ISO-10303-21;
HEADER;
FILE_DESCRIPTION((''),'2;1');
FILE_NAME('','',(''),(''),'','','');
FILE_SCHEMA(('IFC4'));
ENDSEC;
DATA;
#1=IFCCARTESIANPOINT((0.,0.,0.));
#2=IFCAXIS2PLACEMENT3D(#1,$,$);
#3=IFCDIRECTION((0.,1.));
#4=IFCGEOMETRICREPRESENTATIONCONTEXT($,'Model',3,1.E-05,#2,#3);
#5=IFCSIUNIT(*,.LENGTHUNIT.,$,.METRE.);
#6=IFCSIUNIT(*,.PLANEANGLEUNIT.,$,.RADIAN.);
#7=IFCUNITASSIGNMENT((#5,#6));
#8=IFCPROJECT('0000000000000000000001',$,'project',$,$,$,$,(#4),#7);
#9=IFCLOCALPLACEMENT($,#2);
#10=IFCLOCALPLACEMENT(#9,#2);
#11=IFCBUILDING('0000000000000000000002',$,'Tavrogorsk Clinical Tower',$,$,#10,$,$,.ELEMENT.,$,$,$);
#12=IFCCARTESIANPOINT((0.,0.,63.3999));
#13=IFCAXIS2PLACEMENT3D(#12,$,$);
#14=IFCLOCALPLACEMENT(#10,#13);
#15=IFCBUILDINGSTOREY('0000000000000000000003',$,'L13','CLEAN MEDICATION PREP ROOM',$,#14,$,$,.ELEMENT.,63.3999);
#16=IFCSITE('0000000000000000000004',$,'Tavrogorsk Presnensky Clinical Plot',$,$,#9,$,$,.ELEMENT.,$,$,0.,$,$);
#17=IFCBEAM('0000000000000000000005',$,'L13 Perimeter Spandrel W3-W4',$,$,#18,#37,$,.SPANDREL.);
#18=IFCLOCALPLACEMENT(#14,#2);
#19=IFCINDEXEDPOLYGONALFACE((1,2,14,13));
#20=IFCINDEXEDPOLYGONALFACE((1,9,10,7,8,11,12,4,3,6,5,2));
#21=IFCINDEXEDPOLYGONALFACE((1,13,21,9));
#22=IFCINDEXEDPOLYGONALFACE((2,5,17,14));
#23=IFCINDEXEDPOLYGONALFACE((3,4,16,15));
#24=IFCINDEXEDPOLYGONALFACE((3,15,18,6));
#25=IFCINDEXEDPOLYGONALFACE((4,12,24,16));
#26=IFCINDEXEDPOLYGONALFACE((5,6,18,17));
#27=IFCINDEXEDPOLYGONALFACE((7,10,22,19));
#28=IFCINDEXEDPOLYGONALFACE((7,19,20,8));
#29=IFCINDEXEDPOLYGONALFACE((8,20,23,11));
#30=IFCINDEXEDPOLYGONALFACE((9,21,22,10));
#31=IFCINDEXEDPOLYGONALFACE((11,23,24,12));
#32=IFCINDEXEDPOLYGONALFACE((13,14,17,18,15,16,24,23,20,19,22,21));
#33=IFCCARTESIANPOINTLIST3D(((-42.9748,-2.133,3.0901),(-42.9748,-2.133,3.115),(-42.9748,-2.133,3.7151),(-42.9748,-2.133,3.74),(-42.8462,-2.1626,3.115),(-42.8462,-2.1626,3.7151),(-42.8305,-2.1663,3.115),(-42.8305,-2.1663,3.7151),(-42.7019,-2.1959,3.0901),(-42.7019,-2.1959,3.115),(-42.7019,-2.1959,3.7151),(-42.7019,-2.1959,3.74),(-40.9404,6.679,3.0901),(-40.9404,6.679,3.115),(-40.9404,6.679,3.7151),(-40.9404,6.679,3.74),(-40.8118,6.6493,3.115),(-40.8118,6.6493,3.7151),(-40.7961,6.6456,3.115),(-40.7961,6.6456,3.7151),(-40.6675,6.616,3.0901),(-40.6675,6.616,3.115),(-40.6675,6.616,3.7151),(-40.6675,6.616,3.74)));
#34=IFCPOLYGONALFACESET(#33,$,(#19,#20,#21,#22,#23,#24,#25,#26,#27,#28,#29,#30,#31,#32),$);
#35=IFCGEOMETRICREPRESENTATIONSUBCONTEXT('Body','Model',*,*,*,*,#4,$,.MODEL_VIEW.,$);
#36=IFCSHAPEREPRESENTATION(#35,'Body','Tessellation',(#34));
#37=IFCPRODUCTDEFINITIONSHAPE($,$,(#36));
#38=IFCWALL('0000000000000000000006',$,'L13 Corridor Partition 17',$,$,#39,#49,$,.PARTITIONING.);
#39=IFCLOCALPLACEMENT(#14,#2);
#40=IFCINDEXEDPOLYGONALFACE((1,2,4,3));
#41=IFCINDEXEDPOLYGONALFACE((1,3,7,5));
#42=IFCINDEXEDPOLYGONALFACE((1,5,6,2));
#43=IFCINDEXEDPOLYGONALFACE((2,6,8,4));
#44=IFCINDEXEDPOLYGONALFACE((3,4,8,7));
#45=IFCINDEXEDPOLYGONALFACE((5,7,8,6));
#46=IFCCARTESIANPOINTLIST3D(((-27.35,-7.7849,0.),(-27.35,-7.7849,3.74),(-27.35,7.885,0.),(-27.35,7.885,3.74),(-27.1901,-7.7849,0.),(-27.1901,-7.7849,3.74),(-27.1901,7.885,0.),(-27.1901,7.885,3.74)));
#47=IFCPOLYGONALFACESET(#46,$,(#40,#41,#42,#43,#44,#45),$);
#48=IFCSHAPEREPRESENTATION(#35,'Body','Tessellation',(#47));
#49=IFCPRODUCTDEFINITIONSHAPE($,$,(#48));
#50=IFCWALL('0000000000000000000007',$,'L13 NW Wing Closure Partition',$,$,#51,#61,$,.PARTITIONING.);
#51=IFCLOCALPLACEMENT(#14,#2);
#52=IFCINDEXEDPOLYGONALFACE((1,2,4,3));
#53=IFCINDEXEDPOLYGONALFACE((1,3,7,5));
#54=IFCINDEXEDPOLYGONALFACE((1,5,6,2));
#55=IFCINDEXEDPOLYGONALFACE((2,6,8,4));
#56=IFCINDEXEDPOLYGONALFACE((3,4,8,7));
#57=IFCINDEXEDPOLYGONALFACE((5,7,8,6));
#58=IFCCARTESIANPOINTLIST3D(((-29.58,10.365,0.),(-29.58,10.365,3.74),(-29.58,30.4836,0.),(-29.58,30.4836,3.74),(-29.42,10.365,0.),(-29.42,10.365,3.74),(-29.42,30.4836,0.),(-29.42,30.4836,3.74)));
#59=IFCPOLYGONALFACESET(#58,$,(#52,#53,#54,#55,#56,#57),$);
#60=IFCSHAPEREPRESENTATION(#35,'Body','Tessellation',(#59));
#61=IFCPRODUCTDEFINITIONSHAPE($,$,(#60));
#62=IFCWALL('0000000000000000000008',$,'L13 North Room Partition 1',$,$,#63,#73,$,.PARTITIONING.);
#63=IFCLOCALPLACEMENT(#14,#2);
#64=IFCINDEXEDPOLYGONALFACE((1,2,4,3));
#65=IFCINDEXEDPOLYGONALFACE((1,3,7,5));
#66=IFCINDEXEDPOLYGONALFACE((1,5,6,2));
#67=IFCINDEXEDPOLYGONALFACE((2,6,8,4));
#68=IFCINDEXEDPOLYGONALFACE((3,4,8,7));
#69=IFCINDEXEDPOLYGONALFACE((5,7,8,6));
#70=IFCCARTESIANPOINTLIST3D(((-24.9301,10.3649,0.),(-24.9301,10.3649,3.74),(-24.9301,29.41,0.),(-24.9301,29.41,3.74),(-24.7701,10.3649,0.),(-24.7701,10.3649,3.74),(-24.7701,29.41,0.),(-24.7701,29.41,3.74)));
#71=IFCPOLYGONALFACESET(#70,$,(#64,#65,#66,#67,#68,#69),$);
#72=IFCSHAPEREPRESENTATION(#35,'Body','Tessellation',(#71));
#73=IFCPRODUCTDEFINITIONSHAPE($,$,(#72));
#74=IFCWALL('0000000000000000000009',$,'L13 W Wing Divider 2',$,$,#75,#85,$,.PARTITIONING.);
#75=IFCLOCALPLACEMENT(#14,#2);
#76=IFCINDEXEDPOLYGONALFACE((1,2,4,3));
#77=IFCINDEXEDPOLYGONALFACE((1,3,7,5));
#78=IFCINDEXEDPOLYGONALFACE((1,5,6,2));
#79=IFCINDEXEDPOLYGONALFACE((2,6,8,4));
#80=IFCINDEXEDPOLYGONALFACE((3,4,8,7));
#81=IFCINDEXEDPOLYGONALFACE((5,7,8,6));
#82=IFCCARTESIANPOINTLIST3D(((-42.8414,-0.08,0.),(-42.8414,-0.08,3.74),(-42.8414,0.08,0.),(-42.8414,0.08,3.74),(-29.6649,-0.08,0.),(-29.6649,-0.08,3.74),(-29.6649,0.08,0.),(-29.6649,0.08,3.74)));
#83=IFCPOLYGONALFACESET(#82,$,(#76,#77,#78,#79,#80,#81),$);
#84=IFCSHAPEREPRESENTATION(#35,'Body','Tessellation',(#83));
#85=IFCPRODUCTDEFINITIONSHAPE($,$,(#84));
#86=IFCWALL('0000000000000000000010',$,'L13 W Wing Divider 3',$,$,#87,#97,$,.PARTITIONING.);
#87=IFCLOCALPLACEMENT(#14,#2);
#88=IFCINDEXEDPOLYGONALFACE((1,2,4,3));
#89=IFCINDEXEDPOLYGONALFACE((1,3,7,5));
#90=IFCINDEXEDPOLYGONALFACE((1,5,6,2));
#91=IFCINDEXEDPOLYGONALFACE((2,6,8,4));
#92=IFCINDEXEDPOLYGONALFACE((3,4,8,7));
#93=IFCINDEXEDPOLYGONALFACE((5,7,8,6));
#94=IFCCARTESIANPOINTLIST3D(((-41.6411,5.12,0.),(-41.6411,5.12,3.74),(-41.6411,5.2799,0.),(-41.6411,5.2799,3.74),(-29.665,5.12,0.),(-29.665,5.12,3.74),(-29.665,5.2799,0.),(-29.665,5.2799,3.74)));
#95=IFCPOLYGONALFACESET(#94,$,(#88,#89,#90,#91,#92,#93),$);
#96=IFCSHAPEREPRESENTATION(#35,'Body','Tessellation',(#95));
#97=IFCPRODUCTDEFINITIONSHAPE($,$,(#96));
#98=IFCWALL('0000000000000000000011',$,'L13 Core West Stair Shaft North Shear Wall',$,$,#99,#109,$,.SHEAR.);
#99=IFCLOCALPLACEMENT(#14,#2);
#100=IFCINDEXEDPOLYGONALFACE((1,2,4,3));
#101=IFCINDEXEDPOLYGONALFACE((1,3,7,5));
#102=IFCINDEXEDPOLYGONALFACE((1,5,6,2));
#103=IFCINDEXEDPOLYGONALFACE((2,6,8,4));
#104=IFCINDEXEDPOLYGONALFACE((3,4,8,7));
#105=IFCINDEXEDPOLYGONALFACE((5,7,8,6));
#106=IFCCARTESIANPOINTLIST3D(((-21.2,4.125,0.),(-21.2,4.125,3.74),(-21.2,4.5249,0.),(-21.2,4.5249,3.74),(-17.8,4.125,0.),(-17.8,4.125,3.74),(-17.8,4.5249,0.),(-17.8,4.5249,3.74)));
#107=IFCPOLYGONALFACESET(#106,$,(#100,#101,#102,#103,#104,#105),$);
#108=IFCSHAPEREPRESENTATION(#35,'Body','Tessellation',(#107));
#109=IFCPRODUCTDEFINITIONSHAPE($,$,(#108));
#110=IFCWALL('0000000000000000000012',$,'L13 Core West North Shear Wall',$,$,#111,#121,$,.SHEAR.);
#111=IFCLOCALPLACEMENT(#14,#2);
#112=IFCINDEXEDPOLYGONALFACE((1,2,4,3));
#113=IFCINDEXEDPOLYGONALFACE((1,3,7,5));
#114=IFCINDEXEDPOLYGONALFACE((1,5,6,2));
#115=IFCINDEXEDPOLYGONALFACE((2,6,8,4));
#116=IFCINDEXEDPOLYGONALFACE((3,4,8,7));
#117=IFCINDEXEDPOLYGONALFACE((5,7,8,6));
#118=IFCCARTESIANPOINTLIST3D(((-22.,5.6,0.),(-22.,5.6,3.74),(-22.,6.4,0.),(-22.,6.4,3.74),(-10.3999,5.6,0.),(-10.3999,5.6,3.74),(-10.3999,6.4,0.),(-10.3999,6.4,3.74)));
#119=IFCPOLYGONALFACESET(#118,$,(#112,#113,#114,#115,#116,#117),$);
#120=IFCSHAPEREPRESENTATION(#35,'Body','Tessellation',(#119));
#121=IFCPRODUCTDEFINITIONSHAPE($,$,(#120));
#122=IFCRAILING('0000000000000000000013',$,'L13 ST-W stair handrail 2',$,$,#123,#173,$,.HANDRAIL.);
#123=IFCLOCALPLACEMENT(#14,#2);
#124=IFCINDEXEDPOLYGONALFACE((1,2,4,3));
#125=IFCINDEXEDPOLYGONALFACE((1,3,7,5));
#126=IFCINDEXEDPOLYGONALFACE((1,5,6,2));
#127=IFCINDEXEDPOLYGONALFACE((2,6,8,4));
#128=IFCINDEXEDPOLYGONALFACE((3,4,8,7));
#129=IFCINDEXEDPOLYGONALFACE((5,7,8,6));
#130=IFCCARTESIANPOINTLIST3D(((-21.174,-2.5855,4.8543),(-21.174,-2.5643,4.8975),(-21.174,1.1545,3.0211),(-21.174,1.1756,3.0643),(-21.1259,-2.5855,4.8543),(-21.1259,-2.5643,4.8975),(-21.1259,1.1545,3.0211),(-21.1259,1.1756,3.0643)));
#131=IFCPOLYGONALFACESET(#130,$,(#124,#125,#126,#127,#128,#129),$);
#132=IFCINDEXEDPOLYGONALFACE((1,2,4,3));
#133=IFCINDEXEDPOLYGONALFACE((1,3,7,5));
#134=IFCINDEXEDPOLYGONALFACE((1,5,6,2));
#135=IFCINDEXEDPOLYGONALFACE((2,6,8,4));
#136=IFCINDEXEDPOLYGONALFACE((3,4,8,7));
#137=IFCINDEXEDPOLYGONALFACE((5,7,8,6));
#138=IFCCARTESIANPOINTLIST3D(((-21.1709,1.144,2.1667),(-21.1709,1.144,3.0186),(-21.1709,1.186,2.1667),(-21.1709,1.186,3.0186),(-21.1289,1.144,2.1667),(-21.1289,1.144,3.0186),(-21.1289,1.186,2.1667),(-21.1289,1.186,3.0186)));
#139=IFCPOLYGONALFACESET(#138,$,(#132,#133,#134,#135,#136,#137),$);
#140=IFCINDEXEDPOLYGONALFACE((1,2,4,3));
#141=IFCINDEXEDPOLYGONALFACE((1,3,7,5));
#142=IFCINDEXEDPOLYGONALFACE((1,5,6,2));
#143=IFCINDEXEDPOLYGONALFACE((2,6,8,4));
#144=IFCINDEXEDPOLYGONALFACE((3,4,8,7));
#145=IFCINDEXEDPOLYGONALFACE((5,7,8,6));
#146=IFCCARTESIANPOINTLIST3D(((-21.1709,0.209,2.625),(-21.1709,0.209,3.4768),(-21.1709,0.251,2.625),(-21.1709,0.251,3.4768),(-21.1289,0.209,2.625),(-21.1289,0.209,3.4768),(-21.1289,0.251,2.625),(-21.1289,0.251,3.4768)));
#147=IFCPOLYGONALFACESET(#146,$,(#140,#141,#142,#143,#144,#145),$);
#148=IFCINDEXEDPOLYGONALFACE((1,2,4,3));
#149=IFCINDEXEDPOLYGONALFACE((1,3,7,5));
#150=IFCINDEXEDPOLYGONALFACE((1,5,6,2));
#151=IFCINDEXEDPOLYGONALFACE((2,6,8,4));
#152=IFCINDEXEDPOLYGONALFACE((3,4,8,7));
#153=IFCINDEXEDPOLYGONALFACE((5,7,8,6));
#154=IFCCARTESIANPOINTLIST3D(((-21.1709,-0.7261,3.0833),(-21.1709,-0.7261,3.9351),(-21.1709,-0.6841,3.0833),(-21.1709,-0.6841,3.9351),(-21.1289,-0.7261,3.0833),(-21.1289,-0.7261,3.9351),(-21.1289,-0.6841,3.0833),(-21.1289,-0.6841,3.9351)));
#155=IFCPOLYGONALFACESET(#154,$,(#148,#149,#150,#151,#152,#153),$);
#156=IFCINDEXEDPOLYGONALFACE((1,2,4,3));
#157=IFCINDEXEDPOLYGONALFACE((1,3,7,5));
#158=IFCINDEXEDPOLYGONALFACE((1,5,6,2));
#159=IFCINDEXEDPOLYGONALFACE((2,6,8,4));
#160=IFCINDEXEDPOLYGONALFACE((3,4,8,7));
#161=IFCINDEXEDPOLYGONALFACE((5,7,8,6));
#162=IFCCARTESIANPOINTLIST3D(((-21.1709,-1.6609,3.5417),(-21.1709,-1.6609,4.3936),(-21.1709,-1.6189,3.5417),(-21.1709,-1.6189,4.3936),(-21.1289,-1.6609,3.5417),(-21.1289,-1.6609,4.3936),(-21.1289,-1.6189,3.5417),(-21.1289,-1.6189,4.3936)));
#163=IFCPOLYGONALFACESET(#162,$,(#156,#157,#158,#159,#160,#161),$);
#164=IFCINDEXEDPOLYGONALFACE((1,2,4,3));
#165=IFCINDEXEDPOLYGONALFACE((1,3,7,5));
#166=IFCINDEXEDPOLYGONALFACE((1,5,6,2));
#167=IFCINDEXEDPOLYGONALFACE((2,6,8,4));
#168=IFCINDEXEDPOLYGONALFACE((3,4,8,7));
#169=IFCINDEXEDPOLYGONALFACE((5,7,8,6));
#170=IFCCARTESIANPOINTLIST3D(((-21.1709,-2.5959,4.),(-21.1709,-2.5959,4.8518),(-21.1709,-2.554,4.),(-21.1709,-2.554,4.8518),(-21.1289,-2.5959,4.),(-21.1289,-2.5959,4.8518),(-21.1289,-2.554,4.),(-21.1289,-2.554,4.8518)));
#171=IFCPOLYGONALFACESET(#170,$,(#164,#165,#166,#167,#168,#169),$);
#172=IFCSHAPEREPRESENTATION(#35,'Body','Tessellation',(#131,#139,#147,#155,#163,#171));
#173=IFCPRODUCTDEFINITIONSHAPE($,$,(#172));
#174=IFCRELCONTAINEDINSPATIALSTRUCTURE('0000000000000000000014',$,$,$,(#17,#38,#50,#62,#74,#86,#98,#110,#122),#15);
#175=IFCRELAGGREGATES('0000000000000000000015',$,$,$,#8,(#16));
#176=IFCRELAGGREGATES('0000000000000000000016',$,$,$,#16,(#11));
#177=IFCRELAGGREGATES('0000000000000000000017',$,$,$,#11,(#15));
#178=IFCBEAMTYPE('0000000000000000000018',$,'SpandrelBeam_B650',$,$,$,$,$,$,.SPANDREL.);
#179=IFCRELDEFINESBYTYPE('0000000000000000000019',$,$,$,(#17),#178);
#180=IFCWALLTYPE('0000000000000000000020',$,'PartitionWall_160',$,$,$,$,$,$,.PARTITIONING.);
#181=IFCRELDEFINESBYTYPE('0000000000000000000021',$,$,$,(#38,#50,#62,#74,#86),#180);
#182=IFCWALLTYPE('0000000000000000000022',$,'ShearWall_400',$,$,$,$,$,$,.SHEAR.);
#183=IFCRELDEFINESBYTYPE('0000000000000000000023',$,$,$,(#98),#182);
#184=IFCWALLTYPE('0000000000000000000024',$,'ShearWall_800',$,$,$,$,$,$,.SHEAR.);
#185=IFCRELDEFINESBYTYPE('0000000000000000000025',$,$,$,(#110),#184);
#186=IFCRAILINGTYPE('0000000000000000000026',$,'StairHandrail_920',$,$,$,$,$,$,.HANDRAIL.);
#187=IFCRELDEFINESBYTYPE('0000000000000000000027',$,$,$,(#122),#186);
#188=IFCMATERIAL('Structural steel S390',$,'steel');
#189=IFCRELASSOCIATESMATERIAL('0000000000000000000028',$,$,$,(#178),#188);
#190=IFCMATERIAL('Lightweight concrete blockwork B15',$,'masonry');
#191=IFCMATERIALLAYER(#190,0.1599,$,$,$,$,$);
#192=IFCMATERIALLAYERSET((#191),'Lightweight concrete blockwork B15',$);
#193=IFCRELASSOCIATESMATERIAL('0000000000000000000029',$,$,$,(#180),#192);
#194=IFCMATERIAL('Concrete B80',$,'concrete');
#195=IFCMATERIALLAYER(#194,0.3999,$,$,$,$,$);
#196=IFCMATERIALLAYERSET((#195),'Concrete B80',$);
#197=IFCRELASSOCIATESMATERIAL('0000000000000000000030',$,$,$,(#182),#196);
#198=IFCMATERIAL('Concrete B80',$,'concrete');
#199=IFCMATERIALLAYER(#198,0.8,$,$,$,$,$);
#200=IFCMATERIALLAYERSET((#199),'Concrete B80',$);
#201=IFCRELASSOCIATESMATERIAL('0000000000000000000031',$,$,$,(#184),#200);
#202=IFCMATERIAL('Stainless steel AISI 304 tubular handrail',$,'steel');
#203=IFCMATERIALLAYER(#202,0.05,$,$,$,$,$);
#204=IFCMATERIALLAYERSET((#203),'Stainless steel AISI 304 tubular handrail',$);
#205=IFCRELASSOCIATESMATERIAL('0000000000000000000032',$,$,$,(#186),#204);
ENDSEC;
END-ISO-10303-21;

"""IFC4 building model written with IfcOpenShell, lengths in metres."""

from ifc_helpers import new_model, si_unit, direction, frame, frame_2d, origin, origin_2d, place, context, subcontext, project, spatial, rectangle, i_section, extrude, material, layer, layer_set, material_profile, profile_set, type_object, element, save


model = new_model("IFC4")

# Units and contexts
model_context = context("Model", 3, precision=1e-05, world=origin(), true_north=direction((0.0, 1.0)))
body_context = subcontext(model_context, "Body", "Model", "MODEL_VIEW")
ifc_project = project(units=[si_unit("LENGTHUNIT", "METRE"), si_unit("PLANEANGLEUNIT", "RADIAN")], contexts=[model_context])

# Site, building, storey
site_placement = place(None, origin())
site = spatial("IfcSite", under=ifc_project, at=site_placement, Name="Tavrogorsk Presnensky Clinical Plot", CompositionType="ELEMENT", RefElevation=0.0)
building_placement = place(site_placement, origin())
building = spatial("IfcBuilding", under=site, at=building_placement, Name="Tavrogorsk Clinical Tower", CompositionType="ELEMENT")
storey_placement = place(building_placement, frame((0.0, 0.0, 63.3999)))
storey = spatial("IfcBuildingStorey", under=building, at=storey_placement, Name="L13", Description="CLEAN MEDICATION PREP ROOM", CompositionType="ELEMENT", Elevation=63.3999)

# Beam
ifc_material_1 = material(Name="Structural steel S390", Category="steel")
ifc_material_profile_1 = material_profile(ifc_material_1, i_section(OverallWidth=0.28, OverallDepth=0.6499, WebThickness=0.0161, FlangeThickness=0.0249, at=origin_2d()), Name="B-650x280x16x25")
ifc_profile_set_1 = profile_set([ifc_material_profile_1], Name="Structural steel S390")
beam_type_1 = type_object("IfcBeamType", Name="SpandrelBeam_B650", PredefinedType="SPANDREL", material=ifc_profile_set_1)
beam_1_placement = place(storey_placement, frame((-40.804, 6.6475, 3.415), z_axis=(-0.224952, -0.97437, 0.0), x_axis=(0.97437, -0.224952, 0.0)))
element("IfcBeam", 1, at=beam_1_placement, inside=storey, type_object=beam_type_1, Name="L13 Perimeter Spandrel W3-W4", PredefinedType="SPANDREL", context=body_context, shape_type="SweptSolid", body=[
    extrude(i_section(OverallWidth=0.28, OverallDepth=0.6499, WebThickness=0.0161, FlangeThickness=0.0249, at=origin_2d()), origin(), (0.0, 0.0, 1.0), 9.0437),
])

# Shared definitions
ifc_material_2 = material(Name="Lightweight concrete blockwork B15", Category="masonry")
ifc_layer_1 = layer(ifc_material_2, 0.1599)
ifc_layer_set_1 = layer_set([ifc_layer_1], Name="Lightweight concrete blockwork B15")
wall_type_1 = type_object("IfcWallType", Name="PartitionWall_160", PredefinedType="PARTITIONING", material=ifc_layer_set_1)

# Walls
wall_1_placement = place(storey_placement, frame((-27.27, 7.885, 0.0), z_axis=(0.0, 0.0, 1.0), x_axis=(0.0, -1.0, 0.0)))
element("IfcWall", 2, at=wall_1_placement, inside=storey, type_object=wall_type_1, Name="L13 Corridor Partition 17", PredefinedType="PARTITIONING", context=body_context, shape_type="SweptSolid", body=[
    extrude(rectangle(XDim=15.6699, YDim=0.1599, at=frame_2d((7.835, 0.0))), origin(), (0.0, 0.0, 1.0), 3.74),
])
wall_2_placement = place(storey_placement, frame((-29.5, 10.365, 0.0), z_axis=(0.0, 0.0, 1.0), x_axis=(0.0, 1.0, 0.0)))
element("IfcWall", 3, at=wall_2_placement, inside=storey, type_object=wall_type_1, Name="L13 NW Wing Closure Partition", PredefinedType="PARTITIONING", context=body_context, shape_type="SweptSolid", body=[
    extrude(rectangle(XDim=20.1187, YDim=0.1599, at=frame_2d((10.0593, 0.0))), origin(), (0.0, 0.0, 1.0), 3.74),
])
wall_3_placement = place(storey_placement, frame((-24.8501, 10.365, 0.0), z_axis=(0.0, 0.0, 1.0), x_axis=(0.0, 1.0, 0.0)))
element("IfcWall", 4, at=wall_3_placement, inside=storey, type_object=wall_type_1, Name="L13 North Room Partition 1", PredefinedType="PARTITIONING", context=body_context, shape_type="SweptSolid", body=[
    extrude(rectangle(XDim=19.0452, YDim=0.1599, at=frame_2d((9.5225, 0.0))), origin(), (0.0, 0.0, 1.0), 3.74),
])
wall_4_placement = place(storey_placement, frame((-42.8416, 0.0, 0.0), z_axis=(0.0, 0.0, 1.0), x_axis=(1.0, 0.0, 0.0)))
element("IfcWall", 5, at=wall_4_placement, inside=storey, type_object=wall_type_1, Name="L13 W Wing Divider 2", PredefinedType="PARTITIONING", context=body_context, shape_type="SweptSolid", body=[
    extrude(rectangle(XDim=13.1765, YDim=0.1599, at=frame_2d((6.5884, 0.0))), origin(), (0.0, 0.0, 1.0), 3.74),
])
wall_5_placement = place(storey_placement, frame((-41.6411, 5.2, 0.0), z_axis=(0.0, 0.0, 1.0), x_axis=(1.0, 0.0, 0.0)))
element("IfcWall", 6, at=wall_5_placement, inside=storey, type_object=wall_type_1, Name="L13 W Wing Divider 3", PredefinedType="PARTITIONING", context=body_context, shape_type="SweptSolid", body=[
    extrude(rectangle(XDim=11.9761, YDim=0.1599, at=frame_2d((5.988, 0.0))), origin(), (0.0, 0.0, 1.0), 3.74),
])
ifc_material_3 = material(Name="Concrete B80", Category="concrete")
ifc_layer_2 = layer(ifc_material_3, 0.3999)
ifc_layer_set_2 = layer_set([ifc_layer_2], Name="Concrete B80")
wall_type_2 = type_object("IfcWallType", Name="ShearWall_400", PredefinedType="SHEAR", material=ifc_layer_set_2)
wall_6_placement = place(storey_placement, frame((-21.2, 4.325, 0.0), z_axis=(0.0, 0.0, 1.0), x_axis=(1.0, 0.0, 0.0)))
element("IfcWall", 7, at=wall_6_placement, inside=storey, type_object=wall_type_2, Name="L13 Core West Stair Shaft North Shear Wall", PredefinedType="SHEAR", context=body_context, shape_type="SweptSolid", body=[
    extrude(rectangle(XDim=3.3999, YDim=0.3999, at=frame_2d((1.7, 0.0))), origin(), (0.0, 0.0, 1.0), 3.74),
])
ifc_material_4 = material(Name="Concrete B80", Category="concrete")
ifc_layer_3 = layer(ifc_material_4, 0.8)
ifc_layer_set_3 = layer_set([ifc_layer_3], Name="Concrete B80")
wall_type_3 = type_object("IfcWallType", Name="ShearWall_800", PredefinedType="SHEAR", material=ifc_layer_set_3)
wall_7_placement = place(storey_placement, frame((-22.0, 6.0, 0.0), z_axis=(0.0, 0.0, 1.0), x_axis=(1.0, 0.0, 0.0)))
element("IfcWall", 8, at=wall_7_placement, inside=storey, type_object=wall_type_3, Name="L13 Core West North Shear Wall", PredefinedType="SHEAR", context=body_context, shape_type="SweptSolid", body=[
    extrude(rectangle(XDim=11.6001, YDim=0.8, at=frame_2d((5.8, 0.0))), origin(), (0.0, 0.0, 1.0), 3.74),
])

# Railing
ifc_material_5 = material(Name="Stainless steel AISI 304 tubular handrail", Category="steel")
ifc_layer_4 = layer(ifc_material_5, 0.05)
ifc_layer_set_4 = layer_set([ifc_layer_4], Name="Stainless steel AISI 304 tubular handrail")
railing_type = type_object("IfcRailingType", Name="StairHandrail_920", PredefinedType="HANDRAIL", material=ifc_layer_set_4)
railing_placement = place(storey_placement, frame((-21.1499, 1.165, 2.1667)))
element("IfcRailing", 9, at=railing_placement, inside=storey, type_object=railing_type, Name="L13 ST-W stair handrail 2", PredefinedType="HANDRAIL", context=body_context, shape_type="SweptSolid", body=[
    extrude(rectangle(XDim=0.0481, YDim=0.0481, at=origin_2d()), frame((0.0, 0.0, 0.876), z_axis=(0.0, -0.897928, 0.440142), x_axis=(1.0, 0.0, 0.0)), (0.0, 0.0, 1.0), 4.165),
    extrude(rectangle(XDim=0.042, YDim=0.042, at=origin_2d()), origin(), (0.0, 0.0, 1.0), 0.8518),
    extrude(rectangle(XDim=0.042, YDim=0.042, at=origin_2d()), frame((0.0, -0.9351, 0.4583)), (0.0, 0.0, 1.0), 0.8518),
    extrude(rectangle(XDim=0.042, YDim=0.042, at=origin_2d()), frame((0.0, -1.8701, 0.9165)), (0.0, 0.0, 1.0), 0.8518),
    extrude(rectangle(XDim=0.042, YDim=0.042, at=origin_2d()), frame((0.0, -2.8049, 1.375)), (0.0, 0.0, 1.0), 0.8518),
    extrude(rectangle(XDim=0.042, YDim=0.042, at=origin_2d()), frame((0.0, -3.74, 1.8333)), (0.0, 0.0, 1.0), 0.8518),
])

save(model, "model.ifc")
